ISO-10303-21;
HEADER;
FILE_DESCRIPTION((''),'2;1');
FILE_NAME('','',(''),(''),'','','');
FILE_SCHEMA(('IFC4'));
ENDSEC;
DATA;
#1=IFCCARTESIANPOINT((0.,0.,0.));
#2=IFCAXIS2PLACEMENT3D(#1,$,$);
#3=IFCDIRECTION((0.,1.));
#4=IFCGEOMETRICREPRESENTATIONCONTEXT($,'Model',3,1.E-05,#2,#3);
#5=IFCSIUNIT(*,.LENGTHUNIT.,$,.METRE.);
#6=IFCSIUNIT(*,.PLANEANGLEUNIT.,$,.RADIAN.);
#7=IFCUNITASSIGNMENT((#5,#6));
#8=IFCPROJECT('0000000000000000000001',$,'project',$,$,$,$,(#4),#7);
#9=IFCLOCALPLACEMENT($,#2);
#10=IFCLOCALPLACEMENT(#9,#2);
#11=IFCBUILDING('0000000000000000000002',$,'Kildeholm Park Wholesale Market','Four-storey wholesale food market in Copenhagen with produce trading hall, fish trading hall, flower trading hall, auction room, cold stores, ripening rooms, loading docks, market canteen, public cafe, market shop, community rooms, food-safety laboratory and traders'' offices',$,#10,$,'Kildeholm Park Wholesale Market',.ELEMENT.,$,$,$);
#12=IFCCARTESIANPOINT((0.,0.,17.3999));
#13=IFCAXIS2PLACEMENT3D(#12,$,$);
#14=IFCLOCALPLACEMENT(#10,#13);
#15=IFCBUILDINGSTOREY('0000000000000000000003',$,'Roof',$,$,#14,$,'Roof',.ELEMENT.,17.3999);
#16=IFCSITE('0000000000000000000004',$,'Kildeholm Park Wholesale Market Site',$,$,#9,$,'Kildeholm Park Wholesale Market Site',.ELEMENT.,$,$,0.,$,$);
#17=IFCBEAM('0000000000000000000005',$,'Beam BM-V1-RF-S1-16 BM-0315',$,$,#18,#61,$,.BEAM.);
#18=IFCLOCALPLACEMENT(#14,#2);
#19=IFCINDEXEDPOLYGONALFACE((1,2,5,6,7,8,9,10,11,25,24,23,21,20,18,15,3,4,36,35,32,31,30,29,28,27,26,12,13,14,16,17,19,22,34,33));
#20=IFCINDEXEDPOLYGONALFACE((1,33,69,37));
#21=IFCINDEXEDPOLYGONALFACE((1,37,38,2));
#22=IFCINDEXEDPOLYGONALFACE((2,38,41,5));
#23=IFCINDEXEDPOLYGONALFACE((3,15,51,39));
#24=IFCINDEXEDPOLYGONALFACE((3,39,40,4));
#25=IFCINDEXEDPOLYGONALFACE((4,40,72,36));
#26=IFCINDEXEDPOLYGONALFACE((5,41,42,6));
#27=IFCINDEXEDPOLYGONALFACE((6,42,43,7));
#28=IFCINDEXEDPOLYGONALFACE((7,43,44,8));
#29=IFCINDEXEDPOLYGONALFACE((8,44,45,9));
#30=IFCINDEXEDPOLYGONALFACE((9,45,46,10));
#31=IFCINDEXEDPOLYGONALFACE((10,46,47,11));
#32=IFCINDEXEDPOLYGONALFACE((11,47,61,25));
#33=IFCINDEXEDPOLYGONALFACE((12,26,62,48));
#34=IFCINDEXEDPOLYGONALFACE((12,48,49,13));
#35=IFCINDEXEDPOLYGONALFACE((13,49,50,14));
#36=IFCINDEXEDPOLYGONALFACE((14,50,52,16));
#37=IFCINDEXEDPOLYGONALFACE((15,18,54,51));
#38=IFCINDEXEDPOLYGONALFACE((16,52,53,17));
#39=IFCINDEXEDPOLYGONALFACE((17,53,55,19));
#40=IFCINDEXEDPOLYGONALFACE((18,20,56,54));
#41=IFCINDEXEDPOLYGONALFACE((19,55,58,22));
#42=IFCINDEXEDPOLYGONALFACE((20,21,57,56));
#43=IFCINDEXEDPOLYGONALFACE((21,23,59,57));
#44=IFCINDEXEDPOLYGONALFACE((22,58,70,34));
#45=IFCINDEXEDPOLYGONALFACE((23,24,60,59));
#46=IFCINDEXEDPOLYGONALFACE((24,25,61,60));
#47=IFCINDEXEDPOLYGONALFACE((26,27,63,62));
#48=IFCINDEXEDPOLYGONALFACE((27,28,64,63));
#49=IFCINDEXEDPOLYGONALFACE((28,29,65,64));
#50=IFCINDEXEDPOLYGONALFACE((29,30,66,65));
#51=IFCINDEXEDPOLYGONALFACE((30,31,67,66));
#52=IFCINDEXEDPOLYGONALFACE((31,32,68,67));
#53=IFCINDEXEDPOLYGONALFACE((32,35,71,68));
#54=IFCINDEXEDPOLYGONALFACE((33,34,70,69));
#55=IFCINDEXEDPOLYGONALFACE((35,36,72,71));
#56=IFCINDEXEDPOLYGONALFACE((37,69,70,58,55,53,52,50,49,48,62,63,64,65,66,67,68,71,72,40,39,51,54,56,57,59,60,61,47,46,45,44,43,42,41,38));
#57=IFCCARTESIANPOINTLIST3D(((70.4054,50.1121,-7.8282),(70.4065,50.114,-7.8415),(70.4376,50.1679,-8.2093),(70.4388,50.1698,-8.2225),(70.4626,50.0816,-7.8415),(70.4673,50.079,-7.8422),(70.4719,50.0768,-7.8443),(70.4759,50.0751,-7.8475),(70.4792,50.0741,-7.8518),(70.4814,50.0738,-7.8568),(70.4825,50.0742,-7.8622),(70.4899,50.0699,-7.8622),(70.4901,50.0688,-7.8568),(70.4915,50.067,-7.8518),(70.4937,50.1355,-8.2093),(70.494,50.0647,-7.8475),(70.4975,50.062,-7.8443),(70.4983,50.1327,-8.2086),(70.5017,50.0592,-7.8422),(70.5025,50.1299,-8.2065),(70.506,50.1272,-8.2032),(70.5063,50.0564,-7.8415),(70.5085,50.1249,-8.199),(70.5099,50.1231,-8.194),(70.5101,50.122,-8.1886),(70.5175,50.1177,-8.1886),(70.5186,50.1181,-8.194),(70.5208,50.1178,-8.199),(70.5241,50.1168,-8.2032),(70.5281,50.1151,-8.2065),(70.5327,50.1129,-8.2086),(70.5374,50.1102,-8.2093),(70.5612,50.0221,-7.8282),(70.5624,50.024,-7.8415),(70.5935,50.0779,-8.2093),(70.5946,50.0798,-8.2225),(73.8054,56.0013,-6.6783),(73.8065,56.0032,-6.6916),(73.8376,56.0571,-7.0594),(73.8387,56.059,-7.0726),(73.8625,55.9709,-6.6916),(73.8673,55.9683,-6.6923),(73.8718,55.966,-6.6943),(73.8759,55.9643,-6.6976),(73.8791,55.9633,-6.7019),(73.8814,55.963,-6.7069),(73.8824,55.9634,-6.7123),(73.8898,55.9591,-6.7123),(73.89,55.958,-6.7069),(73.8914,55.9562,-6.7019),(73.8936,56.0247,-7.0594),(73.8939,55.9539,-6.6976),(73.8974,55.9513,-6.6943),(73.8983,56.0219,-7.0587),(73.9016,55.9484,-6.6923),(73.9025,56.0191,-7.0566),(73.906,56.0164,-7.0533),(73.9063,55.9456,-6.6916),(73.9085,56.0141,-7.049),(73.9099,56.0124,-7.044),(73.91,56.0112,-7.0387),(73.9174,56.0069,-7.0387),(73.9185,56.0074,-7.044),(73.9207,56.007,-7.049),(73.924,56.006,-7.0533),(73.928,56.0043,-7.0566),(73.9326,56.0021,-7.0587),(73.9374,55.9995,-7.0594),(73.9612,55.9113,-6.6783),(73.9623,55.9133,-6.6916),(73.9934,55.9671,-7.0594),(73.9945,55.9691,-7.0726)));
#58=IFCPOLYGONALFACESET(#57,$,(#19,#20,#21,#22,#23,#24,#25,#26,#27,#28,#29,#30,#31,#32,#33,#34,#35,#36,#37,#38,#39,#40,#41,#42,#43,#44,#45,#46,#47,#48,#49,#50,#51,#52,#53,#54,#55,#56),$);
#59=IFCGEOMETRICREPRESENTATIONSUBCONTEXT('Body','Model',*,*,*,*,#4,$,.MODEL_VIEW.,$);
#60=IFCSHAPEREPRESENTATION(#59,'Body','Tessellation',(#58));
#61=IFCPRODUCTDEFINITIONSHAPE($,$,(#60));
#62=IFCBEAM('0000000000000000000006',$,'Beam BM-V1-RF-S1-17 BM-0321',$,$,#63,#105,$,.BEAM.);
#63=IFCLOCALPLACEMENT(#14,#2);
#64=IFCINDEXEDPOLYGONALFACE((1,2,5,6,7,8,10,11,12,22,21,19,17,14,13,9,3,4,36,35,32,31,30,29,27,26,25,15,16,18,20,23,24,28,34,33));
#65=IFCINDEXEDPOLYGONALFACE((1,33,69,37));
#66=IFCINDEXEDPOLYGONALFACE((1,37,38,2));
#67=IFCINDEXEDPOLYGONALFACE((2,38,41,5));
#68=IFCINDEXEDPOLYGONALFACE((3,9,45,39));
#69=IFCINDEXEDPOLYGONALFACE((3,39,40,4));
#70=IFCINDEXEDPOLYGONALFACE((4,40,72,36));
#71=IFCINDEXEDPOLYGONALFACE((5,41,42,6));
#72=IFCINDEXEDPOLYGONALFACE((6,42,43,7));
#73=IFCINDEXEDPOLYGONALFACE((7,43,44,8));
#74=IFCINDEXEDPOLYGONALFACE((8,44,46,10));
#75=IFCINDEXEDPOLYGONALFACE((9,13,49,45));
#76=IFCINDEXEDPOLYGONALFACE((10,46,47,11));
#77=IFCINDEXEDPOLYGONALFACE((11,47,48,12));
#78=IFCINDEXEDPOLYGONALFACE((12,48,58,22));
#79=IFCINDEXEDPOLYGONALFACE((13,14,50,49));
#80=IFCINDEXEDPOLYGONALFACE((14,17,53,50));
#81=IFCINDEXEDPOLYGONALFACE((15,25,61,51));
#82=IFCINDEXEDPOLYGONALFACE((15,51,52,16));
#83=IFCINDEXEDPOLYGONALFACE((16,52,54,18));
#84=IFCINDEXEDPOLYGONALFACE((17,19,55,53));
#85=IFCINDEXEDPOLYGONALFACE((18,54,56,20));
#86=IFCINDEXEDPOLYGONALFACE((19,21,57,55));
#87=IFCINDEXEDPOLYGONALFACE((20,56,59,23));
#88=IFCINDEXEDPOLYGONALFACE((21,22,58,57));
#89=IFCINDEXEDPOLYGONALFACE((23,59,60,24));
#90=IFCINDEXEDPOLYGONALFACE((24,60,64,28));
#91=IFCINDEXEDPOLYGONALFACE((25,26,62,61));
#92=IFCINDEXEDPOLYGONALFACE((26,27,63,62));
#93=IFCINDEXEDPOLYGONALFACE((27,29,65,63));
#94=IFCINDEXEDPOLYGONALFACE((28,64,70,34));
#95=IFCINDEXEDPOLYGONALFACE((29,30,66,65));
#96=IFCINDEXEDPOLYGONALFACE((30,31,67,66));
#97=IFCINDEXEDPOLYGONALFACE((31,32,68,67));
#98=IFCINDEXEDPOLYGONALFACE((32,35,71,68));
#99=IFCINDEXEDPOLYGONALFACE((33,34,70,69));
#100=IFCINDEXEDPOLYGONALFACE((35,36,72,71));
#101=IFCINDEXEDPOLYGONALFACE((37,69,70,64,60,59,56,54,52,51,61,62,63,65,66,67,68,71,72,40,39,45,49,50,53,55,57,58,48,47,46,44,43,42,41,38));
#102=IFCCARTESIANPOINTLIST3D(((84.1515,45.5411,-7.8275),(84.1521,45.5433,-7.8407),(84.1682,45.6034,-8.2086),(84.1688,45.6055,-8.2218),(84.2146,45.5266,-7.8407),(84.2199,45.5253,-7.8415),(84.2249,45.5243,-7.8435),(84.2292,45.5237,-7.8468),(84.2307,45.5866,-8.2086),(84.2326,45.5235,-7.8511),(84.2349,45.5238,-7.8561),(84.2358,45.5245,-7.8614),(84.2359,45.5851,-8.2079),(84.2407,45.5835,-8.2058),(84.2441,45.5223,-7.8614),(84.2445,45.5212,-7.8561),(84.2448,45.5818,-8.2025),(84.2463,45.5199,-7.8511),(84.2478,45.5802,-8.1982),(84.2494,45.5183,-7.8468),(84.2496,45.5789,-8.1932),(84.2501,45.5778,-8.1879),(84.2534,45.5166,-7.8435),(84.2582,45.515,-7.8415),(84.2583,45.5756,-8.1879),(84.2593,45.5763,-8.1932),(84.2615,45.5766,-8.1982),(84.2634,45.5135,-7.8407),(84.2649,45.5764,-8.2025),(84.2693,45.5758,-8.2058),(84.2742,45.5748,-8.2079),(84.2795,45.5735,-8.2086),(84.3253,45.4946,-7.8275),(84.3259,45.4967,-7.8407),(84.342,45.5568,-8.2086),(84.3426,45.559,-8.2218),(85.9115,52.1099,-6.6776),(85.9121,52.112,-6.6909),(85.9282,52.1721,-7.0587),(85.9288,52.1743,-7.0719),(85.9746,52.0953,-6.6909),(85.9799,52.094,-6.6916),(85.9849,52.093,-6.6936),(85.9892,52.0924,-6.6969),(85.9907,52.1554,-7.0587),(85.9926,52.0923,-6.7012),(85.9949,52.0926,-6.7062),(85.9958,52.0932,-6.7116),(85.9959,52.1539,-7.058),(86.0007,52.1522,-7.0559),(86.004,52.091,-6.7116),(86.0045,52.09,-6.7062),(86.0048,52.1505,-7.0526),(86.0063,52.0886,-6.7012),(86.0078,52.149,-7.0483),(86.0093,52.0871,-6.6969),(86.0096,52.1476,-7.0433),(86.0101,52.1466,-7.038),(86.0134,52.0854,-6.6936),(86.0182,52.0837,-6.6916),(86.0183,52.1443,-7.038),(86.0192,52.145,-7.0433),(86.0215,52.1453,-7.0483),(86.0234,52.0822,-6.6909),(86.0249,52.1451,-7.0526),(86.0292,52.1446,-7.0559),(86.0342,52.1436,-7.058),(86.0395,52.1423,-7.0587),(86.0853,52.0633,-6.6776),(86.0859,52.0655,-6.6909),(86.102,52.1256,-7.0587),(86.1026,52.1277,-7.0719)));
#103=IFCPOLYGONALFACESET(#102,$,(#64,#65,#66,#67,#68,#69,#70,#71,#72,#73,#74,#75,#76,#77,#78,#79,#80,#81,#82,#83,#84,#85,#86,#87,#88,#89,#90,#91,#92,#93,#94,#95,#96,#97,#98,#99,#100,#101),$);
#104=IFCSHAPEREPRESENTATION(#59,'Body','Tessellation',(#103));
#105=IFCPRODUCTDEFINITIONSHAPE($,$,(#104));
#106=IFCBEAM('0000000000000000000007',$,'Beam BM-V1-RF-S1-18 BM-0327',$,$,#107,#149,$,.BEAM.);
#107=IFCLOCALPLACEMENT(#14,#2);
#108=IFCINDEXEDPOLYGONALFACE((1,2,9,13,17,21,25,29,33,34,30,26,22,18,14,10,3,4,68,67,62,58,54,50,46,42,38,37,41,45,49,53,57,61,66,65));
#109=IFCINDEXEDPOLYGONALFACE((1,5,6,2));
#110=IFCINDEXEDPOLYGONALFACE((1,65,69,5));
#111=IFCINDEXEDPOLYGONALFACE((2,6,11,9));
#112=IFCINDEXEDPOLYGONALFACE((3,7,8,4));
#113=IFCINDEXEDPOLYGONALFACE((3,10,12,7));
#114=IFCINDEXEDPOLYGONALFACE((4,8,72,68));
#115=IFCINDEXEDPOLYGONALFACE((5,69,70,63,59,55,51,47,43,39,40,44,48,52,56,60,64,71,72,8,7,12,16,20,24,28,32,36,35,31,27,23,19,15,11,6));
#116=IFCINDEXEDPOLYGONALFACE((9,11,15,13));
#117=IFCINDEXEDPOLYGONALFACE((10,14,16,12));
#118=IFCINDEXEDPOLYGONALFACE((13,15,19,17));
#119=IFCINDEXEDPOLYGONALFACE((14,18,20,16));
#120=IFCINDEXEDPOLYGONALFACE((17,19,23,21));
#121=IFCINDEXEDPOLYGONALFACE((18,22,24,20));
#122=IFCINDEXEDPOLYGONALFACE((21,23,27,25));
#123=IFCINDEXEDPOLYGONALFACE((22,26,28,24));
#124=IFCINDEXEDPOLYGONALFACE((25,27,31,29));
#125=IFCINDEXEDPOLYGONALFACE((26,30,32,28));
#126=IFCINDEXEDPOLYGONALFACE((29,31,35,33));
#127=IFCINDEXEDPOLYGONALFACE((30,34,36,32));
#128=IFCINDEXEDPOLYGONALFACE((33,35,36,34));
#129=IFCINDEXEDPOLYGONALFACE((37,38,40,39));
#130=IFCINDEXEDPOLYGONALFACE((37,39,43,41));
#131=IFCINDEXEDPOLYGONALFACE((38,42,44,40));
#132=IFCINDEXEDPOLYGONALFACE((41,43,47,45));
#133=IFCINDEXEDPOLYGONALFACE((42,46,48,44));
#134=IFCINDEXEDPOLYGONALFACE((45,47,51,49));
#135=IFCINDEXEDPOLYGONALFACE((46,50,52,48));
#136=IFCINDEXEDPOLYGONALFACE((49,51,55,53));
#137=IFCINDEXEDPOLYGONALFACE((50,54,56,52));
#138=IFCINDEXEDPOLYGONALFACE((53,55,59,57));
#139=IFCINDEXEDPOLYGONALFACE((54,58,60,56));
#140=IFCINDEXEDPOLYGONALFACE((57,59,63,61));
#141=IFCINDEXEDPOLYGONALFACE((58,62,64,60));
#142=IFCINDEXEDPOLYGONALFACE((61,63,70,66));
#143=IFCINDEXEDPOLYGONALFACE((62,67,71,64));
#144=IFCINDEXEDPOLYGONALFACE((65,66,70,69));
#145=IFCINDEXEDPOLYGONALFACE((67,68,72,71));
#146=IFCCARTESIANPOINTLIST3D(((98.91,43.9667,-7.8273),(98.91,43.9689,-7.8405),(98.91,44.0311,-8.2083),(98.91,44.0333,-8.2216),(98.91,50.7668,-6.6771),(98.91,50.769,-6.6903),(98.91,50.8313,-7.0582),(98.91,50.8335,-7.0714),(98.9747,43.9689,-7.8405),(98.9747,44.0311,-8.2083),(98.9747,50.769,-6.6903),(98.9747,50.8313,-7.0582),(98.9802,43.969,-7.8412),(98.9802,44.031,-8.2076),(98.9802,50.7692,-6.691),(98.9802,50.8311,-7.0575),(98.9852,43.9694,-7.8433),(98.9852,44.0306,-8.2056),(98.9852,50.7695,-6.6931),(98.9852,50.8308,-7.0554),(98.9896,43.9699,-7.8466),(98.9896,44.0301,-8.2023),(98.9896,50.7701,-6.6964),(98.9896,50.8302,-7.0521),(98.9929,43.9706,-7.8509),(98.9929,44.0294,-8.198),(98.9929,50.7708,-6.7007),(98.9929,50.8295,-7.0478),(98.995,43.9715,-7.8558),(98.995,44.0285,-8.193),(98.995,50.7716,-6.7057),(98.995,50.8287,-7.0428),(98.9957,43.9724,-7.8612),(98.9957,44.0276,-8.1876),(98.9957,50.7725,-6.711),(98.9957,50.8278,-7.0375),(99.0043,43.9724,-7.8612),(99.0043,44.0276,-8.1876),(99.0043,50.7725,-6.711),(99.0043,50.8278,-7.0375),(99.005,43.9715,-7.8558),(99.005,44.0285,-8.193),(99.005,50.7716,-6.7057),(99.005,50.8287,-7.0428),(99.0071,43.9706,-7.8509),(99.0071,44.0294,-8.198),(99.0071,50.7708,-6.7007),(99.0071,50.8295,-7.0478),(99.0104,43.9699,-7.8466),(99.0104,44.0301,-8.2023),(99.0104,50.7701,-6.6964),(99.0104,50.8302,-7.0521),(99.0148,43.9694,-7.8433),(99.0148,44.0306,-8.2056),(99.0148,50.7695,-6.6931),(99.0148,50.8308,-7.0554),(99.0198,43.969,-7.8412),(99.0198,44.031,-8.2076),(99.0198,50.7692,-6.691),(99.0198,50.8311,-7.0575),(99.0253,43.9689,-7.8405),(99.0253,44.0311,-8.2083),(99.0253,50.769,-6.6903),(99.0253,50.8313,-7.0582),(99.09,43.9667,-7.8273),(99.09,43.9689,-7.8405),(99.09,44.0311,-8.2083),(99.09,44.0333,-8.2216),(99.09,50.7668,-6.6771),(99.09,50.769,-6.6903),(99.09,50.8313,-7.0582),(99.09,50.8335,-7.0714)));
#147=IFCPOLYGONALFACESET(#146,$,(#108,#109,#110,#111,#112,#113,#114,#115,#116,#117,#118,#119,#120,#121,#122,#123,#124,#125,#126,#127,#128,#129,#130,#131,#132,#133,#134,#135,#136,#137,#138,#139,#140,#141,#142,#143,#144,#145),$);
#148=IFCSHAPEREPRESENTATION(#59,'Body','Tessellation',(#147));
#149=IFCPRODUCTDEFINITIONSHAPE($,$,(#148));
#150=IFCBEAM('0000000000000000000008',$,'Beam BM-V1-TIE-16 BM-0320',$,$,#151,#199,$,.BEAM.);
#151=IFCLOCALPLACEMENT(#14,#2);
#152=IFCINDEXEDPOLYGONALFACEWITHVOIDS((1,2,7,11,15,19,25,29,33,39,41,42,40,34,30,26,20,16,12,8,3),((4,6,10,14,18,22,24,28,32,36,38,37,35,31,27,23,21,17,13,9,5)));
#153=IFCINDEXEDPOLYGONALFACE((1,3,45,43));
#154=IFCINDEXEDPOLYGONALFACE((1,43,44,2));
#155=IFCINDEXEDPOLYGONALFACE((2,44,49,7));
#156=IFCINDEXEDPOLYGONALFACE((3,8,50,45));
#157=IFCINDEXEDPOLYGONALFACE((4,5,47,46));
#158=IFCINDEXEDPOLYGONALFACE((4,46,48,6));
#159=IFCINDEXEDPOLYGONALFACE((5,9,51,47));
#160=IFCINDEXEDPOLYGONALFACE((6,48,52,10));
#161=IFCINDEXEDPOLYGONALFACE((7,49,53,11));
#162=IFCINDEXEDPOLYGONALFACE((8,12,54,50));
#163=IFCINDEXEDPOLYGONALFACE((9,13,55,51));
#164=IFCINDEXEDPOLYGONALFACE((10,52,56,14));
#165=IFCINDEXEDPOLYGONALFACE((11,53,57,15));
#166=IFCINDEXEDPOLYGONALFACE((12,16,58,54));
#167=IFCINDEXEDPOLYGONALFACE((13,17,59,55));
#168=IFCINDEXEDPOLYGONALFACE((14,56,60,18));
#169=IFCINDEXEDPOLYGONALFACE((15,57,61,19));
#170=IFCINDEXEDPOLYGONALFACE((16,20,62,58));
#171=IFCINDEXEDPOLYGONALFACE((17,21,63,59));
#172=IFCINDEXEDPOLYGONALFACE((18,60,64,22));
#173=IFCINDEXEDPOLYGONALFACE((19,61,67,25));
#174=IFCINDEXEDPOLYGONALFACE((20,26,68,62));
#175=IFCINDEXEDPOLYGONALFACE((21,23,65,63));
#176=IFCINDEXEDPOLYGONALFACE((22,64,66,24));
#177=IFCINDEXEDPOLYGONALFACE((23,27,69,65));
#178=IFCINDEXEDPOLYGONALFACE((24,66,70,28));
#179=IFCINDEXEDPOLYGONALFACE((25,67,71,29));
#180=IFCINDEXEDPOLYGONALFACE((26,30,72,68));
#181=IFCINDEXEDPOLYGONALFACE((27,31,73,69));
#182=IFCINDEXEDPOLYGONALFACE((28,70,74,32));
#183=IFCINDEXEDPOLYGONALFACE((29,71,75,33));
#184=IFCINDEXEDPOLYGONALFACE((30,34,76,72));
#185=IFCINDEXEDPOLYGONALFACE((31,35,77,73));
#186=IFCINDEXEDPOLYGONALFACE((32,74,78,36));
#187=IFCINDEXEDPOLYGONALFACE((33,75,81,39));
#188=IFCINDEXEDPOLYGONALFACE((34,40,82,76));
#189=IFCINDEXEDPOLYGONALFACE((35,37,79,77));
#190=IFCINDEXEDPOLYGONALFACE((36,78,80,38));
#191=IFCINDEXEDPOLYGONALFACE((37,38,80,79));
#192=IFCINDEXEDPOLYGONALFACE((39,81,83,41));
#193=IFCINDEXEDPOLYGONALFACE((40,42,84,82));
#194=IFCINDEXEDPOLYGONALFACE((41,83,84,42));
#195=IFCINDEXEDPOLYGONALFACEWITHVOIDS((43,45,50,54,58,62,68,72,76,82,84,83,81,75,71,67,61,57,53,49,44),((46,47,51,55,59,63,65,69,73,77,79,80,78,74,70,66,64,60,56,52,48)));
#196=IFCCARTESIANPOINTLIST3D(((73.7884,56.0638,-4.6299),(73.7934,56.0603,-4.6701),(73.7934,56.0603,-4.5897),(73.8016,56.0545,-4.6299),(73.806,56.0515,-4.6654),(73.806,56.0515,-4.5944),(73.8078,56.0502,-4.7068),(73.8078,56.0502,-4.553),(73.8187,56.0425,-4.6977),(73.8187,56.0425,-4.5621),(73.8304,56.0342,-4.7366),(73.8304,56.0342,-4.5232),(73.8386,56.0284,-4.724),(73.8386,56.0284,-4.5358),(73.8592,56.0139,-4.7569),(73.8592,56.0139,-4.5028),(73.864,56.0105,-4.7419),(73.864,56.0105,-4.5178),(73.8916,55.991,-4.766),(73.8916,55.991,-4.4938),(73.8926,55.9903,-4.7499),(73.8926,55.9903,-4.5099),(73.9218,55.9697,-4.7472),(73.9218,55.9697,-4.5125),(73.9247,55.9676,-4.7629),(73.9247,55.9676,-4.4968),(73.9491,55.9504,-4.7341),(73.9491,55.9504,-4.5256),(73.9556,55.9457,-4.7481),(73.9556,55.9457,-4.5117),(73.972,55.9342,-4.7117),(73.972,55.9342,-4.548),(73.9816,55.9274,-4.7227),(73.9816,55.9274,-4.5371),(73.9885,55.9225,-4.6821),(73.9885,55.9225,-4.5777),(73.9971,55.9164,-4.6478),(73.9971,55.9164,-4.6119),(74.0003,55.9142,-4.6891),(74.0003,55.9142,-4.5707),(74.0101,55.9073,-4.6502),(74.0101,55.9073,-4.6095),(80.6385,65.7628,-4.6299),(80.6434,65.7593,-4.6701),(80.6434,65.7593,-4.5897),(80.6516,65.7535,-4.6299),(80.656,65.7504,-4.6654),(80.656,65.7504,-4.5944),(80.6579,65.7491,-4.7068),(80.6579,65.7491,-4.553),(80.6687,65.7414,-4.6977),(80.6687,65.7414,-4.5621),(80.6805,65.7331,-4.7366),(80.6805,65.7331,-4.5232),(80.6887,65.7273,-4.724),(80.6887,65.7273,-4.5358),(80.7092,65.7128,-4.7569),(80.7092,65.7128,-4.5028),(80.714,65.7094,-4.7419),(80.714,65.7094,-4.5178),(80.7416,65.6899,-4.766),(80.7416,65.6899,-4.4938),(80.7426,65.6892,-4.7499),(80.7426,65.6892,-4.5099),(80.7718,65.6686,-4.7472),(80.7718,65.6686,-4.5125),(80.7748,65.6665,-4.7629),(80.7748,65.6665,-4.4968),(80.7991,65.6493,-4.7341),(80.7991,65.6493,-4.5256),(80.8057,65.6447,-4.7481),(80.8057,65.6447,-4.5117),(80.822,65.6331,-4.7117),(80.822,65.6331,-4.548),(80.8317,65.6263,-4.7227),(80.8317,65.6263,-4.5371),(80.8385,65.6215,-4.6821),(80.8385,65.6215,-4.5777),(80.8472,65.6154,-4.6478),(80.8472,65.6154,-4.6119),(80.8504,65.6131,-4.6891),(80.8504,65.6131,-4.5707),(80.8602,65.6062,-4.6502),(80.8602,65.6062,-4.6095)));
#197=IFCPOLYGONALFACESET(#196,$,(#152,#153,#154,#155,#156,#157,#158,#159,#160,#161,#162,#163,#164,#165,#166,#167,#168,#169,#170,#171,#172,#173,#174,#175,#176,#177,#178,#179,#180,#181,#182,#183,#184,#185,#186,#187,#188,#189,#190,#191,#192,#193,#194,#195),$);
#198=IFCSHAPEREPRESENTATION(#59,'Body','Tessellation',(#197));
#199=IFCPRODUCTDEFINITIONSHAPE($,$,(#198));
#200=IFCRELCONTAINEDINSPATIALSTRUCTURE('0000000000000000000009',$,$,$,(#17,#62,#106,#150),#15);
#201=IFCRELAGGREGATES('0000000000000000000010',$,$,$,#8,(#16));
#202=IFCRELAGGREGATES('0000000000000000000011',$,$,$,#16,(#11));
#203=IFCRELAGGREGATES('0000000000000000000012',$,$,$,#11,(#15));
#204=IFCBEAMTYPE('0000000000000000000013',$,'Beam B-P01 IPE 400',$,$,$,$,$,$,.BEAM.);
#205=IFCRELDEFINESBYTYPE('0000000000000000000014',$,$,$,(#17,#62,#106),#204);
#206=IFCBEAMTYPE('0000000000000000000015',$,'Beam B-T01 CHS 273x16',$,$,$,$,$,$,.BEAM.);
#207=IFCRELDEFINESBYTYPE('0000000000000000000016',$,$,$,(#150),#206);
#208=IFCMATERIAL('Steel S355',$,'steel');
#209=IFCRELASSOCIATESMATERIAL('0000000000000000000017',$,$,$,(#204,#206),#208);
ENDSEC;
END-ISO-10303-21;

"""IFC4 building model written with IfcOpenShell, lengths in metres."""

from ifc_helpers import new_model, si_unit, direction, frame, origin, origin_2d, place, context, subcontext, project, spatial, hollow_circle, i_section, extrude, material, material_profile, profile_set, type_object, element, save


model = new_model("IFC4")

# Units and contexts
model_context = context("Model", 3, precision=1e-05, world=origin(), true_north=direction((0.0, 1.0)))
body_context = subcontext(model_context, "Body", "Model", "MODEL_VIEW")
ifc_project = project(units=[si_unit("LENGTHUNIT", "METRE"), si_unit("PLANEANGLEUNIT", "RADIAN")], contexts=[model_context])

# Site, building, storey
site_placement = place(None, origin())
site = spatial("IfcSite", under=ifc_project, at=site_placement, Name="Kildeholm Park Wholesale Market Site", LongName="Kildeholm Park Wholesale Market Site", CompositionType="ELEMENT", RefElevation=0.0)
building_placement = place(site_placement, origin())
building = spatial("IfcBuilding", under=site, at=building_placement, Name="Kildeholm Park Wholesale Market", Description="Four-storey wholesale food market in Copenhagen with produce trading hall, fish trading hall, flower trading hall, auction room, cold stores, ripening rooms, loading docks, market canteen, public cafe, market shop, community rooms, food-safety laboratory and traders' offices", LongName="Kildeholm Park Wholesale Market", CompositionType="ELEMENT")
storey_placement = place(building_placement, frame((0.0, 0.0, 17.3999)))
storey = spatial("IfcBuildingStorey", under=building, at=storey_placement, Name="Roof", LongName="Roof", CompositionType="ELEMENT", Elevation=17.3999)

# Beams
ifc_material_1 = material(Name="Steel S355", Category="steel")
ifc_material_profile_1 = material_profile(ifc_material_1, i_section(OverallWidth=0.1799, OverallDepth=0.3999, WebThickness=0.0085, FlangeThickness=0.0134, FilletRadius=0.021, at=origin_2d()), Name="IPE 400")
ifc_profile_set_1 = profile_set([ifc_material_profile_1], Name="Steel S355")
beam_type_1 = type_object("IfcBeamType", Name="Beam B-P01 IPE 400", PredefinedType="BEAM", material=ifc_profile_set_1)
beam_1_placement = place(storey_placement, frame((70.5, 50.0959, -8.0254), z_axis=(0.492979, 0.853916, 0.166733), x_axis=(-0.866039, 0.499977, 0.0)))
element("IfcBeam", 1, at=beam_1_placement, inside=storey, type_object=beam_type_1, Name="Beam BM-V1-RF-S1-16 BM-0315", PredefinedType="BEAM", context=body_context, shape_type="SweptSolid", body=[
    extrude(i_section(OverallWidth=0.1799, OverallDepth=0.3999, WebThickness=0.0085, FlangeThickness=0.0134, FilletRadius=0.021, at=origin_2d()), origin(), (0.0, 0.0, 1.0), 6.8967),
])
beam_2_placement = place(storey_placement, frame((84.2471, 45.55, -8.0247), z_axis=(0.255182, 0.95241, 0.166723), x_axis=(-0.96593, 0.258804, 0.0)))
element("IfcBeam", 2, at=beam_2_placement, inside=storey, type_object=beam_type_1, Name="Beam BM-V1-RF-S1-17 BM-0321", PredefinedType="BEAM", context=body_context, shape_type="SweptSolid", body=[
    extrude(i_section(OverallWidth=0.1799, OverallDepth=0.3999, WebThickness=0.0085, FlangeThickness=0.0134, FilletRadius=0.021, at=origin_2d()), origin(), (0.0, 0.0, 1.0), 6.897),
])
beam_3_placement = place(storey_placement, frame((99.0, 44.0, -8.0244), z_axis=(0.0, 0.985996, 0.166769), x_axis=(-1.0, 0.0, 0.0)))
element("IfcBeam", 3, at=beam_3_placement, inside=storey, type_object=beam_type_1, Name="Beam BM-V1-RF-S1-18 BM-0327", PredefinedType="BEAM", context=body_context, shape_type="SweptSolid", body=[
    extrude(i_section(OverallWidth=0.1799, OverallDepth=0.3999, WebThickness=0.0085, FlangeThickness=0.0134, FilletRadius=0.021, at=origin_2d()), origin(), (0.0, 0.0, 1.0), 6.8967),
])
ifc_material_profile_2 = material_profile(ifc_material_1, hollow_circle(Radius=0.1365, WallThickness=0.0161, at=origin_2d()), Name="CHS 273x16")
ifc_profile_set_2 = profile_set([ifc_material_profile_2], Name="Steel S355")
beam_type_2 = type_object("IfcBeamType", Name="Beam B-T01 CHS 273x16", PredefinedType="BEAM", material=ifc_profile_set_2)
beam_4_placement = place(storey_placement, frame((73.8999, 55.9851, -4.6299), z_axis=(0.576895, 0.816819, 0.0), x_axis=(-0.816819, 0.576895, 0.0)))
element("IfcBeam", 4, at=beam_4_placement, inside=storey, type_object=beam_type_2, Name="Beam BM-V1-TIE-16 BM-0320", PredefinedType="BEAM", context=body_context, shape_type="SweptSolid", body=[
    extrude(hollow_circle(Radius=0.1365, WallThickness=0.0161, at=origin_2d()), origin(), (0.0, 0.0, 1.0), 11.874),
])

save(model, "model.ifc")
